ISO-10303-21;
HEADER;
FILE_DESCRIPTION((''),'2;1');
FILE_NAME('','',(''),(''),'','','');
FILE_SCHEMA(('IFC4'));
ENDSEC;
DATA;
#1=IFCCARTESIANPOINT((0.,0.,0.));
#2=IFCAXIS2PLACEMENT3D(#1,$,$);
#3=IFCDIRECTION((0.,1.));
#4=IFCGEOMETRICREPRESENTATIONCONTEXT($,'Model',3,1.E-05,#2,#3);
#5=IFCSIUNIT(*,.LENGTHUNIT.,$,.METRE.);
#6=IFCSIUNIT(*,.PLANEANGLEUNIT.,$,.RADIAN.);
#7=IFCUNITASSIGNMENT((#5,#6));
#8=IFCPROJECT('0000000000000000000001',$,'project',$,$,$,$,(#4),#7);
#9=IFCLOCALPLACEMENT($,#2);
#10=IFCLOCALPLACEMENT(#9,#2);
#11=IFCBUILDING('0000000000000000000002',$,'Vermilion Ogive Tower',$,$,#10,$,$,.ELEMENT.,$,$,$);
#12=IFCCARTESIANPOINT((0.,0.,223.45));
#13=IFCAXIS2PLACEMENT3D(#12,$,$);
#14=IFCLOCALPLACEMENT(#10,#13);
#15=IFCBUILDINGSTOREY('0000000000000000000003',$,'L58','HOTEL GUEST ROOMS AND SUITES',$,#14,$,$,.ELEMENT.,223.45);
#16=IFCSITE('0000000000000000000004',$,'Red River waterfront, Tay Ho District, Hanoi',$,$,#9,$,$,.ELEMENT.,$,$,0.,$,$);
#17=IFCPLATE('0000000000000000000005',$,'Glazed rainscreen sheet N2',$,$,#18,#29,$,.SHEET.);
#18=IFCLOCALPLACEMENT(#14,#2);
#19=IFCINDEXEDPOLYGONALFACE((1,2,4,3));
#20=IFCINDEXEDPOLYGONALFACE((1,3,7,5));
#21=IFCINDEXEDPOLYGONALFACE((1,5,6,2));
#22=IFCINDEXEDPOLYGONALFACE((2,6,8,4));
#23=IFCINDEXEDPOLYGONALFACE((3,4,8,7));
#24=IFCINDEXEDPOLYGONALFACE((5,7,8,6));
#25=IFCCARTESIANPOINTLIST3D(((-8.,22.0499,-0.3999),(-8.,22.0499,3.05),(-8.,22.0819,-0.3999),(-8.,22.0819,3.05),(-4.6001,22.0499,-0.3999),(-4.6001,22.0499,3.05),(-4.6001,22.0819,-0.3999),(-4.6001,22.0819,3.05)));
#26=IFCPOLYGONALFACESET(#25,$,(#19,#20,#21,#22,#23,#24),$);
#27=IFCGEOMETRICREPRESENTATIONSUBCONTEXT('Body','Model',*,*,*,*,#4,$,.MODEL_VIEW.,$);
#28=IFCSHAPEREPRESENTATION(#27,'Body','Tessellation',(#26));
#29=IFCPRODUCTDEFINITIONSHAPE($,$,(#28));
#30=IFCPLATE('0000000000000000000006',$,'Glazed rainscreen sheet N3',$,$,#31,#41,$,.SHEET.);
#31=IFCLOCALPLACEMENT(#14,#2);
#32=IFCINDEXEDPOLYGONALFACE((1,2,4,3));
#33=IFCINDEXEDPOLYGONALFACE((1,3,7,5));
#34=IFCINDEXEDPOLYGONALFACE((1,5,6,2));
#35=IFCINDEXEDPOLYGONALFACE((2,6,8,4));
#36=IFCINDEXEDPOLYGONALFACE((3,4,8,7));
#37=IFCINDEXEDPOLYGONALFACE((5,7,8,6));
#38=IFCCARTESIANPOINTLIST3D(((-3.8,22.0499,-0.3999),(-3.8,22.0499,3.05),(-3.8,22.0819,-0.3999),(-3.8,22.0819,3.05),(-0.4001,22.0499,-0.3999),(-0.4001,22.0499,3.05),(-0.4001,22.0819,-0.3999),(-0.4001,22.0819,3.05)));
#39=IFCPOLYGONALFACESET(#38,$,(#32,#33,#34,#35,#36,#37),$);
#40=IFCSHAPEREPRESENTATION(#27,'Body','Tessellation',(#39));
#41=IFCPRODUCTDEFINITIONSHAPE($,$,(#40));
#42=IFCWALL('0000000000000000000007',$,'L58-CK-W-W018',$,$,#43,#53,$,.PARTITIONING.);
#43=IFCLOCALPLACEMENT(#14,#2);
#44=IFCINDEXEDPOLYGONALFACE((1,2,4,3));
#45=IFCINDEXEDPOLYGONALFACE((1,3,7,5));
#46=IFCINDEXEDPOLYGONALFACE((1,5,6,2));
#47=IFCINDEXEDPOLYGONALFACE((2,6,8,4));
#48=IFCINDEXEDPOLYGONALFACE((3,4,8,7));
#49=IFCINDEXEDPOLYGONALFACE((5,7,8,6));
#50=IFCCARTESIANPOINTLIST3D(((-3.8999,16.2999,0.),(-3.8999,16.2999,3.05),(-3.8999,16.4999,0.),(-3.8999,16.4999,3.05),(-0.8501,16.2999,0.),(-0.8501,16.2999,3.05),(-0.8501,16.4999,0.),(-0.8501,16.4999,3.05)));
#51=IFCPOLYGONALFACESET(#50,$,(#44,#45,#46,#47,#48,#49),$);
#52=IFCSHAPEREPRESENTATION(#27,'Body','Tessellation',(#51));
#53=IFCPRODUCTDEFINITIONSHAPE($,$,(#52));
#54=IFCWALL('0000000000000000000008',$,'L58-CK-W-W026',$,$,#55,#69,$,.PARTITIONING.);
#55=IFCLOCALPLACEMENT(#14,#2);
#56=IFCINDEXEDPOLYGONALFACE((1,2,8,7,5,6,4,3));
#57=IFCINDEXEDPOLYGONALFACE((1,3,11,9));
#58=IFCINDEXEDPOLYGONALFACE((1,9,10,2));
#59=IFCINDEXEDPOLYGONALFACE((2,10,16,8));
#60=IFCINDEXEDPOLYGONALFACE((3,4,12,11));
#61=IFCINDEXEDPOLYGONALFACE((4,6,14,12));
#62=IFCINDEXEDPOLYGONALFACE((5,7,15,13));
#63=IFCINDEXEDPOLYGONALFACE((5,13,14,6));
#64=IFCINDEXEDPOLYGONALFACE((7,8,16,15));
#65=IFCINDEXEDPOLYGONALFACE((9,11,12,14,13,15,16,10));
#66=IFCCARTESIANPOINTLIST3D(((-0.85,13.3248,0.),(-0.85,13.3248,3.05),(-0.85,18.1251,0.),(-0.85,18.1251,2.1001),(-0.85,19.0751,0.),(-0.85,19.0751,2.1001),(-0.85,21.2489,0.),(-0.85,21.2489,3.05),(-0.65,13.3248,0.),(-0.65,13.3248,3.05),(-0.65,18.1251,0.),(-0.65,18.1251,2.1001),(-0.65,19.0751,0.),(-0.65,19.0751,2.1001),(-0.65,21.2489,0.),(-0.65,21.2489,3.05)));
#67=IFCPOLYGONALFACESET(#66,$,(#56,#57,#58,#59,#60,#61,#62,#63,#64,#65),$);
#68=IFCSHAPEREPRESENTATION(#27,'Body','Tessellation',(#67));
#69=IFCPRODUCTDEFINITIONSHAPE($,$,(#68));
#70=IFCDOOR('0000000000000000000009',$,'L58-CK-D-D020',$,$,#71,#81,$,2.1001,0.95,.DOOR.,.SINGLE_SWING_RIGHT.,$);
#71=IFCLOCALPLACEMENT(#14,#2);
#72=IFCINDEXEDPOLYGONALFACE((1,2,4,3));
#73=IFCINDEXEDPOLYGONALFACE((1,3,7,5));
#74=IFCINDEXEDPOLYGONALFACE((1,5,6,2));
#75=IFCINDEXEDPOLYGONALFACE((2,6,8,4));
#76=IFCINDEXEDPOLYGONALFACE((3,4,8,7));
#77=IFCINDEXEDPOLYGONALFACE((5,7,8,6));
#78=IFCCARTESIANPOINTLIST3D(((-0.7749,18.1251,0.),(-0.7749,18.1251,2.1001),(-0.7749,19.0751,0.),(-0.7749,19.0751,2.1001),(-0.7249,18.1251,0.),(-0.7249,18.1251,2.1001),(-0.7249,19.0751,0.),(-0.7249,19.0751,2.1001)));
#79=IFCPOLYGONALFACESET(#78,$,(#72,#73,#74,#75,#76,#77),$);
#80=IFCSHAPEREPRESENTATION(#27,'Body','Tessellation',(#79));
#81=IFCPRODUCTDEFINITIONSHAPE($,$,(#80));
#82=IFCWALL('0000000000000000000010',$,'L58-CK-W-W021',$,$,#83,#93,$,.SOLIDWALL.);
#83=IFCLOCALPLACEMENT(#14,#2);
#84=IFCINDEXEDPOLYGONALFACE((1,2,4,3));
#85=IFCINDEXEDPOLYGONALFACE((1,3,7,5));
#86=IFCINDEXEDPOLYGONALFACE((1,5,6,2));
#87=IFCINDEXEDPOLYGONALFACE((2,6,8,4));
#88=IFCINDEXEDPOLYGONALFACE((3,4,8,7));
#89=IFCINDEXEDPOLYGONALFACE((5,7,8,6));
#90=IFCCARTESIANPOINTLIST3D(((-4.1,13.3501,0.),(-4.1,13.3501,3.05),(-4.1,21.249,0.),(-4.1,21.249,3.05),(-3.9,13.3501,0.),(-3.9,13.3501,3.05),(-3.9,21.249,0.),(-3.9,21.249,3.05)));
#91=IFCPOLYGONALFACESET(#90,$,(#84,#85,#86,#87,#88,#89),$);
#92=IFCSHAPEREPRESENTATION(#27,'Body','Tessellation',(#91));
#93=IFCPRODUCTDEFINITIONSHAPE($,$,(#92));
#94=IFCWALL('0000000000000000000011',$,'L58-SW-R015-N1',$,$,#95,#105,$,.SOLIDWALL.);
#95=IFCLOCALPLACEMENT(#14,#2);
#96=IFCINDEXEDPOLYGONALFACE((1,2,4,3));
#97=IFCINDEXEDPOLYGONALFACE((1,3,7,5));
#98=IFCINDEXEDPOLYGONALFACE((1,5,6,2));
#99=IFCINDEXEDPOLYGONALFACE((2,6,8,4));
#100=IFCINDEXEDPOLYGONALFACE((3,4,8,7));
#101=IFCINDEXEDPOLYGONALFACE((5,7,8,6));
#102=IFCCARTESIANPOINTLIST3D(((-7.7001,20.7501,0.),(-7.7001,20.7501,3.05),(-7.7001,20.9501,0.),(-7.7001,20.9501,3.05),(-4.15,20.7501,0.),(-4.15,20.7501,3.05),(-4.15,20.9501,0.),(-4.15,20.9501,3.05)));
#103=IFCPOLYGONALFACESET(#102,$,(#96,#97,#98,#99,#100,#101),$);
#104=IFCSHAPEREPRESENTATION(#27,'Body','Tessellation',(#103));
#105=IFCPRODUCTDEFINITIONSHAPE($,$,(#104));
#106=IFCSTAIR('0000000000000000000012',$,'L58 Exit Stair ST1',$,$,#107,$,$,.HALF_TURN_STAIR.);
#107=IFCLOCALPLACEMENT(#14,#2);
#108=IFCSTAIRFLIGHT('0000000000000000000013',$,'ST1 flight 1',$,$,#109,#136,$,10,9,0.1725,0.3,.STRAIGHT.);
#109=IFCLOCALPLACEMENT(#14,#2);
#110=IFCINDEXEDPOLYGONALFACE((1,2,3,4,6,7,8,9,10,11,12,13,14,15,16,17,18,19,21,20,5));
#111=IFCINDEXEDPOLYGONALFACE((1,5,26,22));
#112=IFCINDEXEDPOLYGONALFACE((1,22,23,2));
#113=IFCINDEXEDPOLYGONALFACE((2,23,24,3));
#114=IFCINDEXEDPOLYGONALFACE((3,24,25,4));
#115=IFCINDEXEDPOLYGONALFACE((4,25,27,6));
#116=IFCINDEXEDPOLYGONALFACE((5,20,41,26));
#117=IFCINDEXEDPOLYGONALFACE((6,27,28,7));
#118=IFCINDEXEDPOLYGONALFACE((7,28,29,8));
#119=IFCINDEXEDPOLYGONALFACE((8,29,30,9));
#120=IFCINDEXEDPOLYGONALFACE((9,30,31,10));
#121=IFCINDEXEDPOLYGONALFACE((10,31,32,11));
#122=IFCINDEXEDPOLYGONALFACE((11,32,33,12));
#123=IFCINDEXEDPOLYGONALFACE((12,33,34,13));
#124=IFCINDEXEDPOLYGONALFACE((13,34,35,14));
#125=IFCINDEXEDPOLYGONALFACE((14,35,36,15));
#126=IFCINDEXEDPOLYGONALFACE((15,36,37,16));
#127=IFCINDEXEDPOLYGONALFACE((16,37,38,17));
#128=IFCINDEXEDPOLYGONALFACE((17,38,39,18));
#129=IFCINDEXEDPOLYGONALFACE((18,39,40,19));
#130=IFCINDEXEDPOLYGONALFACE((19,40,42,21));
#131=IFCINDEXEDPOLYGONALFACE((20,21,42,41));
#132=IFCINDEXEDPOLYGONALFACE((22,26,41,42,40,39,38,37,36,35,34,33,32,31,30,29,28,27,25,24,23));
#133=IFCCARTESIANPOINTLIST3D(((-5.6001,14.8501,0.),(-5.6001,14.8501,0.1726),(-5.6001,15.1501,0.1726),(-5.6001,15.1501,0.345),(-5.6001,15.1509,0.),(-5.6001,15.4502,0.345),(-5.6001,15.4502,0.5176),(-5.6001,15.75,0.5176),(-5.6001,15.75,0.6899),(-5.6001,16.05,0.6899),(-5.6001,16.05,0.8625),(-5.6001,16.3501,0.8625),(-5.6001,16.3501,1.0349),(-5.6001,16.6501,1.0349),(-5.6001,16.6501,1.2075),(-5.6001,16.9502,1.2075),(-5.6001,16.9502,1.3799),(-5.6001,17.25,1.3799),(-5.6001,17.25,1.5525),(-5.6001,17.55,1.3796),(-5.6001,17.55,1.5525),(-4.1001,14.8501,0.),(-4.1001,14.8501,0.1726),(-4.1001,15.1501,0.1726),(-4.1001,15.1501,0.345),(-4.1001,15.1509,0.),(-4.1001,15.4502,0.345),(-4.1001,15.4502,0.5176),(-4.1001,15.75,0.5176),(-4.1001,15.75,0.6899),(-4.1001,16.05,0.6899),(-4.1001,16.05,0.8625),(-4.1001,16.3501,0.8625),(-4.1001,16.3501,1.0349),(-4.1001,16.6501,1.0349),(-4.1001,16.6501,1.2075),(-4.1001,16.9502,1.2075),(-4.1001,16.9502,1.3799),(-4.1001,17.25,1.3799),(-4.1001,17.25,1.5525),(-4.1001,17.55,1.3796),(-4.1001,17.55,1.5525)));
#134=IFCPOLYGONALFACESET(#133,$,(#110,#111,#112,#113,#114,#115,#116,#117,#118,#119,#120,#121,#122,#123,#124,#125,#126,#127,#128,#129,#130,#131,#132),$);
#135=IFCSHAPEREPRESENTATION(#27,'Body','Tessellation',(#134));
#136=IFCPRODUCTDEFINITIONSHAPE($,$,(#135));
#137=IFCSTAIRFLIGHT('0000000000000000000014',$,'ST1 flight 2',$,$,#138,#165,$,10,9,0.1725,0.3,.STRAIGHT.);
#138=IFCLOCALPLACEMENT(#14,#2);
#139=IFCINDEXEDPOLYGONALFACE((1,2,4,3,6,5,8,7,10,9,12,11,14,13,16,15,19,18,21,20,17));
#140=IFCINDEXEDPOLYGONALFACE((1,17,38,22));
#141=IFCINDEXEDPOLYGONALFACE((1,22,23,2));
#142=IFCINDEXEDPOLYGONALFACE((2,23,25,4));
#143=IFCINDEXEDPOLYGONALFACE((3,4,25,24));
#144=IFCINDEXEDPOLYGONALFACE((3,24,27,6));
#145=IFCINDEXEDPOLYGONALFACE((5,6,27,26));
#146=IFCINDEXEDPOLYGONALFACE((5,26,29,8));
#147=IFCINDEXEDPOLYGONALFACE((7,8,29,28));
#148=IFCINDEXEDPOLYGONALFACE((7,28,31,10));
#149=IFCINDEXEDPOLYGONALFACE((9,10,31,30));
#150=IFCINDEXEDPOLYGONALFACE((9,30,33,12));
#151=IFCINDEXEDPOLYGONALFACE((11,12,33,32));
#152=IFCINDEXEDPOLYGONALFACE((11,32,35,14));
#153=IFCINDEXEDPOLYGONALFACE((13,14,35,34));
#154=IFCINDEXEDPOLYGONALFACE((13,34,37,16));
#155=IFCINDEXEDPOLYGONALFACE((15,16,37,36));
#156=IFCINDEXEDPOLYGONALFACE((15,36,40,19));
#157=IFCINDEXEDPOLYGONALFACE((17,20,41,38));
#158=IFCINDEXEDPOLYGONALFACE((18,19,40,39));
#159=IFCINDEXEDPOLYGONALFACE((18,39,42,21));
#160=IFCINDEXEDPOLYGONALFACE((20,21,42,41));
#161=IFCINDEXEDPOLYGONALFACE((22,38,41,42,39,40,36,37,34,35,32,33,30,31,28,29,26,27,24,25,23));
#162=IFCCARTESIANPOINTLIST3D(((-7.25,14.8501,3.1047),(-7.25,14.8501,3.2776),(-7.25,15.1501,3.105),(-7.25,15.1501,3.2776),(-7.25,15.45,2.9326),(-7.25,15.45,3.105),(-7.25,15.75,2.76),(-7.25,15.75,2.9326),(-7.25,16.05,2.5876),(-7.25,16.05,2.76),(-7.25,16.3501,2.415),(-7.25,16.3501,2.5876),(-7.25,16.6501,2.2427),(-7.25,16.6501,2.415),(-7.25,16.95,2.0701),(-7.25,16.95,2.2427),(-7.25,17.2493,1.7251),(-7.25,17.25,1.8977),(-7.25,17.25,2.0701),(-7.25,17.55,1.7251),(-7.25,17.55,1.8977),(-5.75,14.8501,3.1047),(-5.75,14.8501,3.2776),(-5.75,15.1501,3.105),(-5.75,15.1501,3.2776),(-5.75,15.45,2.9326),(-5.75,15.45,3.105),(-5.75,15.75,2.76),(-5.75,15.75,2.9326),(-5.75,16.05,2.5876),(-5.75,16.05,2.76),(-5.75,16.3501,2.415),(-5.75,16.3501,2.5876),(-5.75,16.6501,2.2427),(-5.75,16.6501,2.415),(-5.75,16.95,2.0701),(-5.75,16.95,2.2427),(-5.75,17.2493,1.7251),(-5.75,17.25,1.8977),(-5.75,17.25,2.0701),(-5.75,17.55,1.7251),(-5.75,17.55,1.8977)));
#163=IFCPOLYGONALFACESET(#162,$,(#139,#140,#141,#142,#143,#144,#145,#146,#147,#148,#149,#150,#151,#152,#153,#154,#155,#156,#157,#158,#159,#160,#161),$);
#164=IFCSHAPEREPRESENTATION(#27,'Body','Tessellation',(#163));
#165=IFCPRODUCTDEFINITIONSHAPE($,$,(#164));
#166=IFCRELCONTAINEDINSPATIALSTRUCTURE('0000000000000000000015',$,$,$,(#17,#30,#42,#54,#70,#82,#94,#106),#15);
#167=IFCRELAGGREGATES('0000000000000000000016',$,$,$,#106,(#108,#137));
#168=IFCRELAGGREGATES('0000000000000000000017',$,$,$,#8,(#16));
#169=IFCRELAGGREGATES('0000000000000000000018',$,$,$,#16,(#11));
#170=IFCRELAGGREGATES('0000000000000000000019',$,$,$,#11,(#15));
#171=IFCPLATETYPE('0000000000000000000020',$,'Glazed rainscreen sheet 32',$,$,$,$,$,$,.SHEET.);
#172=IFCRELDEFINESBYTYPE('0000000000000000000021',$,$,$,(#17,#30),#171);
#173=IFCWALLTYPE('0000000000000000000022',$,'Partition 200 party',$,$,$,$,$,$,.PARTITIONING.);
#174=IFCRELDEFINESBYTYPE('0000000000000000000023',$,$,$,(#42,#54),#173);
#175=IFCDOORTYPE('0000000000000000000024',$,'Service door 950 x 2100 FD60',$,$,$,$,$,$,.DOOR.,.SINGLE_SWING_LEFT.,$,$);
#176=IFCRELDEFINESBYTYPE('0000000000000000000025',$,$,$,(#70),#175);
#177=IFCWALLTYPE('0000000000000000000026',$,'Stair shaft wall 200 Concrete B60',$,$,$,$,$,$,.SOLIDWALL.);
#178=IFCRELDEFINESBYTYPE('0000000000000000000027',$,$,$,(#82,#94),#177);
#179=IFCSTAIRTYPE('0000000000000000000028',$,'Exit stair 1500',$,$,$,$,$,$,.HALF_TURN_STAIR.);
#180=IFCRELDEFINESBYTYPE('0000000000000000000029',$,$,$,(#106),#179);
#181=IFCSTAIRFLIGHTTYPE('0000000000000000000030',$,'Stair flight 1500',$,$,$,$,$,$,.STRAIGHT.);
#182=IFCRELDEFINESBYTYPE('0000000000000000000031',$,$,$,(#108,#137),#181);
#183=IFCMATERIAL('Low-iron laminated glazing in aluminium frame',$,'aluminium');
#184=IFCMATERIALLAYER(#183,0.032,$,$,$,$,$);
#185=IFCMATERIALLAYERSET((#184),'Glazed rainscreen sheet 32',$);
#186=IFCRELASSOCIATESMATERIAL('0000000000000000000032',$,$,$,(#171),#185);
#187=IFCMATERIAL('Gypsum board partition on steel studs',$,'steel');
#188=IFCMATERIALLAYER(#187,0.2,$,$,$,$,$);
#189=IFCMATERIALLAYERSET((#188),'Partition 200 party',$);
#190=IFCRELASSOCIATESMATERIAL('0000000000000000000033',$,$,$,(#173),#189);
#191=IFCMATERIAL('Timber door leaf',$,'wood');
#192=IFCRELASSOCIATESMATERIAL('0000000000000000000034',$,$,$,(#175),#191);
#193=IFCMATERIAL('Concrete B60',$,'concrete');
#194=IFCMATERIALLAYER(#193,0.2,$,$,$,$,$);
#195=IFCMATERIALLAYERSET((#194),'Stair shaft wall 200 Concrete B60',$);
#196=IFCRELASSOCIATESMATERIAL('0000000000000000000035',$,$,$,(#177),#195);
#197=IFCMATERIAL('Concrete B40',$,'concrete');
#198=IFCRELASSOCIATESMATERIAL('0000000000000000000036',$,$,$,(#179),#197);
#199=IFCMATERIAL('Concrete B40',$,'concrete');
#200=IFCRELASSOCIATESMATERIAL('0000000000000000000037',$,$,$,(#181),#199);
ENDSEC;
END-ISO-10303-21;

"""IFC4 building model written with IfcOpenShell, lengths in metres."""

from ifc_helpers import new_model, si_unit, direction, frame, frame_2d, origin, origin_2d, place, context, subcontext, project, spatial, polyline, rectangle, outline, extrude, material, layer, layer_set, type_object, element, fill, aggregate, save


model = new_model("IFC4")

# Units and contexts
model_context = context("Model", 3, precision=1e-05, world=origin(), true_north=direction((0.0, 1.0)))
body_context = subcontext(model_context, "Body", "Model", "MODEL_VIEW")
ifc_project = project(units=[si_unit("LENGTHUNIT", "METRE"), si_unit("PLANEANGLEUNIT", "RADIAN")], contexts=[model_context])

# Site, building, storey
site_placement = place(None, origin())
site = spatial("IfcSite", under=ifc_project, at=site_placement, Name="Red River waterfront, Tay Ho District, Hanoi", CompositionType="ELEMENT", RefElevation=0.0)
building_placement = place(site_placement, origin())
building = spatial("IfcBuilding", under=site, at=building_placement, Name="Vermilion Ogive Tower", CompositionType="ELEMENT")
storey_placement = place(building_placement, frame((0.0, 0.0, 223.45)))
storey = spatial("IfcBuildingStorey", under=building, at=storey_placement, Name="L58", Description="HOTEL GUEST ROOMS AND SUITES", CompositionType="ELEMENT", Elevation=223.45)

# Plates
ifc_material_1 = material(Name="Low-iron laminated glazing in aluminium frame", Category="aluminium")
ifc_layer_1 = layer(ifc_material_1, 0.032)
ifc_layer_set_1 = layer_set([ifc_layer_1], Name="Glazed rainscreen sheet 32")
plate_type = type_object("IfcPlateType", Name="Glazed rainscreen sheet 32", PredefinedType="SHEET", material=ifc_layer_set_1)
for number, where, z_axis, x_axis, name in (
    (1, (-6.3, 22.0659, -0.3999), (0.0, 0.0, 1.0), (1.0, 0.0, 0.0), "Glazed rainscreen sheet N2"),
    (2, (-2.1001, 22.0659, -0.3999), (0.0, 0.0, 1.0), (1.0, 0.0, 0.0), "Glazed rainscreen sheet N3"),
):
    element("IfcPlate", number, at=place(storey_placement, frame(where, z_axis=z_axis, x_axis=x_axis)), inside=storey, type_object=plate_type, Name=name, PredefinedType="SHEET", context=body_context, shape_type="SweptSolid", body=[
        extrude(rectangle(XDim=3.3999, YDim=0.032, at=origin_2d()), origin(), (0.0, 0.0, 1.0), 3.45),
    ])

# Wall
ifc_material_2 = material(Name="Gypsum board partition on steel studs", Category="steel")
ifc_layer_2 = layer(ifc_material_2, 0.2)
ifc_layer_set_2 = layer_set([ifc_layer_2], Name="Partition 200 party")
wall_type_1 = type_object("IfcWallType", Name="Partition 200 party", PredefinedType="PARTITIONING", material=ifc_layer_set_2)
wall_1_placement = place(storey_placement, frame((-3.8999, 16.3999, 0.0), z_axis=(0.0, 0.0, 1.0), x_axis=(1.0, 0.0, 0.0)))
element("IfcWall", 3, at=wall_1_placement, inside=storey, type_object=wall_type_1, Name="L58-CK-W-W018", PredefinedType="PARTITIONING", context=body_context, shape_type="SweptSolid", body=[
    extrude(rectangle(XDim=3.0498, YDim=0.2, at=frame_2d((1.5249, 0.0))), origin(), (0.0, 0.0, 1.0), 3.05),
])

# Wall, opening, door
wall_2_placement = place(storey_placement, frame((-0.75, 13.325, 0.0), z_axis=(0.0, 0.0, 1.0), x_axis=(0.0, 1.0, 0.0)))
wall_2 = element("IfcWall", 4, at=wall_2_placement, inside=storey, type_object=wall_type_1, Name="L58-CK-W-W026", PredefinedType="PARTITIONING", context=body_context, shape_type="SweptSolid", body=[
    extrude(rectangle(XDim=7.9241, YDim=0.2, at=frame_2d((3.9619, 0.0))), origin(), (0.0, 0.0, 1.0), 3.05),
])
opening_placement = place(wall_2_placement, frame((4.8, 0.0, 0.0)))
opening = element("IfcOpeningElement", 5, at=opening_placement, cuts=wall_2, PredefinedType="OPENING", context=body_context, shape_type="SweptSolid", body=[
    extrude(rectangle(XDim=0.95, YDim=2.1001, at=frame_2d((0.4751, 1.05))), frame((0.0, 0.1099, 0.0), z_axis=(0.0, -1.0, 0.0), x_axis=(1.0, 0.0, 0.0)), (0.0, 0.0, 1.0), 0.22),
])
ifc_material_3 = material(Name="Timber door leaf", Category="wood")
door_type = type_object("IfcDoorType", Name="Service door 950 x 2100 FD60", OperationType="SINGLE_SWING_LEFT", PredefinedType="DOOR", material=ifc_material_3)
door_placement = place(opening_placement, origin())
door = element("IfcDoor", 6, at=door_placement, inside=storey, type_object=door_type, Name="L58-CK-D-D020", OperationType="SINGLE_SWING_RIGHT", OverallHeight=2.1001, OverallWidth=0.95, PredefinedType="DOOR", context=body_context, shape_type="SweptSolid", body=[
    extrude(rectangle(XDim=0.95, YDim=2.1001, at=frame_2d((0.4751, 1.05))), frame((0.0, 0.0249, 0.0), z_axis=(0.0, -1.0, 0.0), x_axis=(1.0, 0.0, 0.0)), (0.0, 0.0, 1.0), 0.05),
])
fill(opening, door)

# Walls
ifc_material_4 = material(Name="Concrete B60", Category="concrete")
ifc_layer_3 = layer(ifc_material_4, 0.2)
ifc_layer_set_3 = layer_set([ifc_layer_3], Name="Stair shaft wall 200 Concrete B60")
wall_type_2 = type_object("IfcWallType", Name="Stair shaft wall 200 Concrete B60", PredefinedType="SOLIDWALL", material=ifc_layer_set_3)
wall_3_placement = place(storey_placement, frame((-4.0, 13.3501, 0.0), z_axis=(0.0, 0.0, 1.0), x_axis=(0.0, 1.0, 0.0)))
element("IfcWall", 7, at=wall_3_placement, inside=storey, type_object=wall_type_2, Name="L58-CK-W-W021", PredefinedType="SOLIDWALL", context=body_context, shape_type="SweptSolid", body=[
    extrude(rectangle(XDim=7.8989, YDim=0.2, at=frame_2d((3.9495, 0.0))), origin(), (0.0, 0.0, 1.0), 3.05),
])
wall_4_placement = place(storey_placement, frame((-7.7, 20.8501, 0.0), z_axis=(0.0, 0.0, 1.0), x_axis=(1.0, 0.0, 0.0)))
element("IfcWall", 8, at=wall_4_placement, inside=storey, type_object=wall_type_2, Name="L58-SW-R015-N1", PredefinedType="SOLIDWALL", context=body_context, shape_type="SweptSolid", body=[
    extrude(rectangle(XDim=3.55, YDim=0.2, at=frame_2d((1.7749, 0.0))), origin(), (0.0, 0.0, 1.0), 3.05),
])

# Stair, stair flights
ifc_material_5 = material(Name="Concrete B40", Category="concrete")
stair_type = type_object("IfcStairType", Name="Exit stair 1500", PredefinedType="HALF_TURN_STAIR", material=ifc_material_5)
stair_placement = place(storey_placement, origin())
stair = element("IfcStair", 9, at=stair_placement, inside=storey, type_object=stair_type, Name="L58 Exit Stair ST1", PredefinedType="HALF_TURN_STAIR")
ifc_material_6 = material(Name="Concrete B40", Category="concrete")
stair_flight_type = type_object("IfcStairFlightType", Name="Stair flight 1500", PredefinedType="STRAIGHT", material=ifc_material_6)
stair_flight_1_placement = place(storey_placement, frame((-4.8501, 14.8501, 0.0), z_axis=(0.0, 0.0, 1.0), x_axis=(0.0, 1.0, 0.0)))
stair_flight_1 = element("IfcStairFlight", 10, at=stair_flight_1_placement, type_object=stair_flight_type, Name="ST1 flight 1", NumberOfRisers=10, NumberOfTreads=9, PredefinedType="STRAIGHT", RiserHeight=0.1725, TreadLength=0.3, context=body_context, shape_type="SweptSolid", body=[
    extrude(outline(polyline([(0.0, 0.0), (0.0, 0.1726), (0.3, 0.1726), (0.3, 0.345), (0.6001, 0.345), (0.6001, 0.5176), (0.8999, 0.5176), (0.8999, 0.6899), (1.2, 0.6899), (1.2, 0.8625), (1.5, 0.8625), (1.5, 1.0349), (1.8, 1.0349), (1.8, 1.2075), (2.1001, 1.2075), (2.1001, 1.3799), (2.3999, 1.3799), (2.3999, 1.5525), (2.7, 1.5525), (2.7, 1.7251), (2.7, 1.3796), (0.3008, 0.0), (0.0, 0.0)])), frame((0.0, 0.75, 0.0), z_axis=(0.0, -1.0, 0.0), x_axis=(1.0, 0.0, 0.0)), (0.0, 0.0, 1.0), 1.5),
])
stair_flight_2_placement = place(storey_placement, frame((-6.5, 17.55, 1.7251), z_axis=(0.0, 0.0, 1.0), x_axis=(0.0, -1.0, 0.0)))
stair_flight_2 = element("IfcStairFlight", 11, at=stair_flight_2_placement, type_object=stair_flight_type, Name="ST1 flight 2", NumberOfRisers=10, NumberOfTreads=9, PredefinedType="STRAIGHT", RiserHeight=0.1725, TreadLength=0.3, context=body_context, shape_type="SweptSolid", body=[
    extrude(outline(polyline([(0.0, 0.0), (0.0, 0.1726), (0.3, 0.1726), (0.3, 0.345), (0.6001, 0.345), (0.6001, 0.5176), (0.8999, 0.5176), (0.8999, 0.6899), (1.2, 0.6899), (1.2, 0.8625), (1.5, 0.8625), (1.5, 1.0349), (1.8, 1.0349), (1.8, 1.2075), (2.1001, 1.2075), (2.1001, 1.3799), (2.3999, 1.3799), (2.3999, 1.5525), (2.7, 1.5525), (2.7, 1.7251), (2.7, 1.3796), (0.3008, 0.0), (0.0, 0.0)])), frame((0.0, 0.75, 0.0), z_axis=(0.0, -1.0, 0.0), x_axis=(1.0, 0.0, 0.0)), (0.0, 0.0, 1.0), 1.5),
])
aggregate(stair, [stair_flight_1, stair_flight_2])

save(model, "model.ifc")
